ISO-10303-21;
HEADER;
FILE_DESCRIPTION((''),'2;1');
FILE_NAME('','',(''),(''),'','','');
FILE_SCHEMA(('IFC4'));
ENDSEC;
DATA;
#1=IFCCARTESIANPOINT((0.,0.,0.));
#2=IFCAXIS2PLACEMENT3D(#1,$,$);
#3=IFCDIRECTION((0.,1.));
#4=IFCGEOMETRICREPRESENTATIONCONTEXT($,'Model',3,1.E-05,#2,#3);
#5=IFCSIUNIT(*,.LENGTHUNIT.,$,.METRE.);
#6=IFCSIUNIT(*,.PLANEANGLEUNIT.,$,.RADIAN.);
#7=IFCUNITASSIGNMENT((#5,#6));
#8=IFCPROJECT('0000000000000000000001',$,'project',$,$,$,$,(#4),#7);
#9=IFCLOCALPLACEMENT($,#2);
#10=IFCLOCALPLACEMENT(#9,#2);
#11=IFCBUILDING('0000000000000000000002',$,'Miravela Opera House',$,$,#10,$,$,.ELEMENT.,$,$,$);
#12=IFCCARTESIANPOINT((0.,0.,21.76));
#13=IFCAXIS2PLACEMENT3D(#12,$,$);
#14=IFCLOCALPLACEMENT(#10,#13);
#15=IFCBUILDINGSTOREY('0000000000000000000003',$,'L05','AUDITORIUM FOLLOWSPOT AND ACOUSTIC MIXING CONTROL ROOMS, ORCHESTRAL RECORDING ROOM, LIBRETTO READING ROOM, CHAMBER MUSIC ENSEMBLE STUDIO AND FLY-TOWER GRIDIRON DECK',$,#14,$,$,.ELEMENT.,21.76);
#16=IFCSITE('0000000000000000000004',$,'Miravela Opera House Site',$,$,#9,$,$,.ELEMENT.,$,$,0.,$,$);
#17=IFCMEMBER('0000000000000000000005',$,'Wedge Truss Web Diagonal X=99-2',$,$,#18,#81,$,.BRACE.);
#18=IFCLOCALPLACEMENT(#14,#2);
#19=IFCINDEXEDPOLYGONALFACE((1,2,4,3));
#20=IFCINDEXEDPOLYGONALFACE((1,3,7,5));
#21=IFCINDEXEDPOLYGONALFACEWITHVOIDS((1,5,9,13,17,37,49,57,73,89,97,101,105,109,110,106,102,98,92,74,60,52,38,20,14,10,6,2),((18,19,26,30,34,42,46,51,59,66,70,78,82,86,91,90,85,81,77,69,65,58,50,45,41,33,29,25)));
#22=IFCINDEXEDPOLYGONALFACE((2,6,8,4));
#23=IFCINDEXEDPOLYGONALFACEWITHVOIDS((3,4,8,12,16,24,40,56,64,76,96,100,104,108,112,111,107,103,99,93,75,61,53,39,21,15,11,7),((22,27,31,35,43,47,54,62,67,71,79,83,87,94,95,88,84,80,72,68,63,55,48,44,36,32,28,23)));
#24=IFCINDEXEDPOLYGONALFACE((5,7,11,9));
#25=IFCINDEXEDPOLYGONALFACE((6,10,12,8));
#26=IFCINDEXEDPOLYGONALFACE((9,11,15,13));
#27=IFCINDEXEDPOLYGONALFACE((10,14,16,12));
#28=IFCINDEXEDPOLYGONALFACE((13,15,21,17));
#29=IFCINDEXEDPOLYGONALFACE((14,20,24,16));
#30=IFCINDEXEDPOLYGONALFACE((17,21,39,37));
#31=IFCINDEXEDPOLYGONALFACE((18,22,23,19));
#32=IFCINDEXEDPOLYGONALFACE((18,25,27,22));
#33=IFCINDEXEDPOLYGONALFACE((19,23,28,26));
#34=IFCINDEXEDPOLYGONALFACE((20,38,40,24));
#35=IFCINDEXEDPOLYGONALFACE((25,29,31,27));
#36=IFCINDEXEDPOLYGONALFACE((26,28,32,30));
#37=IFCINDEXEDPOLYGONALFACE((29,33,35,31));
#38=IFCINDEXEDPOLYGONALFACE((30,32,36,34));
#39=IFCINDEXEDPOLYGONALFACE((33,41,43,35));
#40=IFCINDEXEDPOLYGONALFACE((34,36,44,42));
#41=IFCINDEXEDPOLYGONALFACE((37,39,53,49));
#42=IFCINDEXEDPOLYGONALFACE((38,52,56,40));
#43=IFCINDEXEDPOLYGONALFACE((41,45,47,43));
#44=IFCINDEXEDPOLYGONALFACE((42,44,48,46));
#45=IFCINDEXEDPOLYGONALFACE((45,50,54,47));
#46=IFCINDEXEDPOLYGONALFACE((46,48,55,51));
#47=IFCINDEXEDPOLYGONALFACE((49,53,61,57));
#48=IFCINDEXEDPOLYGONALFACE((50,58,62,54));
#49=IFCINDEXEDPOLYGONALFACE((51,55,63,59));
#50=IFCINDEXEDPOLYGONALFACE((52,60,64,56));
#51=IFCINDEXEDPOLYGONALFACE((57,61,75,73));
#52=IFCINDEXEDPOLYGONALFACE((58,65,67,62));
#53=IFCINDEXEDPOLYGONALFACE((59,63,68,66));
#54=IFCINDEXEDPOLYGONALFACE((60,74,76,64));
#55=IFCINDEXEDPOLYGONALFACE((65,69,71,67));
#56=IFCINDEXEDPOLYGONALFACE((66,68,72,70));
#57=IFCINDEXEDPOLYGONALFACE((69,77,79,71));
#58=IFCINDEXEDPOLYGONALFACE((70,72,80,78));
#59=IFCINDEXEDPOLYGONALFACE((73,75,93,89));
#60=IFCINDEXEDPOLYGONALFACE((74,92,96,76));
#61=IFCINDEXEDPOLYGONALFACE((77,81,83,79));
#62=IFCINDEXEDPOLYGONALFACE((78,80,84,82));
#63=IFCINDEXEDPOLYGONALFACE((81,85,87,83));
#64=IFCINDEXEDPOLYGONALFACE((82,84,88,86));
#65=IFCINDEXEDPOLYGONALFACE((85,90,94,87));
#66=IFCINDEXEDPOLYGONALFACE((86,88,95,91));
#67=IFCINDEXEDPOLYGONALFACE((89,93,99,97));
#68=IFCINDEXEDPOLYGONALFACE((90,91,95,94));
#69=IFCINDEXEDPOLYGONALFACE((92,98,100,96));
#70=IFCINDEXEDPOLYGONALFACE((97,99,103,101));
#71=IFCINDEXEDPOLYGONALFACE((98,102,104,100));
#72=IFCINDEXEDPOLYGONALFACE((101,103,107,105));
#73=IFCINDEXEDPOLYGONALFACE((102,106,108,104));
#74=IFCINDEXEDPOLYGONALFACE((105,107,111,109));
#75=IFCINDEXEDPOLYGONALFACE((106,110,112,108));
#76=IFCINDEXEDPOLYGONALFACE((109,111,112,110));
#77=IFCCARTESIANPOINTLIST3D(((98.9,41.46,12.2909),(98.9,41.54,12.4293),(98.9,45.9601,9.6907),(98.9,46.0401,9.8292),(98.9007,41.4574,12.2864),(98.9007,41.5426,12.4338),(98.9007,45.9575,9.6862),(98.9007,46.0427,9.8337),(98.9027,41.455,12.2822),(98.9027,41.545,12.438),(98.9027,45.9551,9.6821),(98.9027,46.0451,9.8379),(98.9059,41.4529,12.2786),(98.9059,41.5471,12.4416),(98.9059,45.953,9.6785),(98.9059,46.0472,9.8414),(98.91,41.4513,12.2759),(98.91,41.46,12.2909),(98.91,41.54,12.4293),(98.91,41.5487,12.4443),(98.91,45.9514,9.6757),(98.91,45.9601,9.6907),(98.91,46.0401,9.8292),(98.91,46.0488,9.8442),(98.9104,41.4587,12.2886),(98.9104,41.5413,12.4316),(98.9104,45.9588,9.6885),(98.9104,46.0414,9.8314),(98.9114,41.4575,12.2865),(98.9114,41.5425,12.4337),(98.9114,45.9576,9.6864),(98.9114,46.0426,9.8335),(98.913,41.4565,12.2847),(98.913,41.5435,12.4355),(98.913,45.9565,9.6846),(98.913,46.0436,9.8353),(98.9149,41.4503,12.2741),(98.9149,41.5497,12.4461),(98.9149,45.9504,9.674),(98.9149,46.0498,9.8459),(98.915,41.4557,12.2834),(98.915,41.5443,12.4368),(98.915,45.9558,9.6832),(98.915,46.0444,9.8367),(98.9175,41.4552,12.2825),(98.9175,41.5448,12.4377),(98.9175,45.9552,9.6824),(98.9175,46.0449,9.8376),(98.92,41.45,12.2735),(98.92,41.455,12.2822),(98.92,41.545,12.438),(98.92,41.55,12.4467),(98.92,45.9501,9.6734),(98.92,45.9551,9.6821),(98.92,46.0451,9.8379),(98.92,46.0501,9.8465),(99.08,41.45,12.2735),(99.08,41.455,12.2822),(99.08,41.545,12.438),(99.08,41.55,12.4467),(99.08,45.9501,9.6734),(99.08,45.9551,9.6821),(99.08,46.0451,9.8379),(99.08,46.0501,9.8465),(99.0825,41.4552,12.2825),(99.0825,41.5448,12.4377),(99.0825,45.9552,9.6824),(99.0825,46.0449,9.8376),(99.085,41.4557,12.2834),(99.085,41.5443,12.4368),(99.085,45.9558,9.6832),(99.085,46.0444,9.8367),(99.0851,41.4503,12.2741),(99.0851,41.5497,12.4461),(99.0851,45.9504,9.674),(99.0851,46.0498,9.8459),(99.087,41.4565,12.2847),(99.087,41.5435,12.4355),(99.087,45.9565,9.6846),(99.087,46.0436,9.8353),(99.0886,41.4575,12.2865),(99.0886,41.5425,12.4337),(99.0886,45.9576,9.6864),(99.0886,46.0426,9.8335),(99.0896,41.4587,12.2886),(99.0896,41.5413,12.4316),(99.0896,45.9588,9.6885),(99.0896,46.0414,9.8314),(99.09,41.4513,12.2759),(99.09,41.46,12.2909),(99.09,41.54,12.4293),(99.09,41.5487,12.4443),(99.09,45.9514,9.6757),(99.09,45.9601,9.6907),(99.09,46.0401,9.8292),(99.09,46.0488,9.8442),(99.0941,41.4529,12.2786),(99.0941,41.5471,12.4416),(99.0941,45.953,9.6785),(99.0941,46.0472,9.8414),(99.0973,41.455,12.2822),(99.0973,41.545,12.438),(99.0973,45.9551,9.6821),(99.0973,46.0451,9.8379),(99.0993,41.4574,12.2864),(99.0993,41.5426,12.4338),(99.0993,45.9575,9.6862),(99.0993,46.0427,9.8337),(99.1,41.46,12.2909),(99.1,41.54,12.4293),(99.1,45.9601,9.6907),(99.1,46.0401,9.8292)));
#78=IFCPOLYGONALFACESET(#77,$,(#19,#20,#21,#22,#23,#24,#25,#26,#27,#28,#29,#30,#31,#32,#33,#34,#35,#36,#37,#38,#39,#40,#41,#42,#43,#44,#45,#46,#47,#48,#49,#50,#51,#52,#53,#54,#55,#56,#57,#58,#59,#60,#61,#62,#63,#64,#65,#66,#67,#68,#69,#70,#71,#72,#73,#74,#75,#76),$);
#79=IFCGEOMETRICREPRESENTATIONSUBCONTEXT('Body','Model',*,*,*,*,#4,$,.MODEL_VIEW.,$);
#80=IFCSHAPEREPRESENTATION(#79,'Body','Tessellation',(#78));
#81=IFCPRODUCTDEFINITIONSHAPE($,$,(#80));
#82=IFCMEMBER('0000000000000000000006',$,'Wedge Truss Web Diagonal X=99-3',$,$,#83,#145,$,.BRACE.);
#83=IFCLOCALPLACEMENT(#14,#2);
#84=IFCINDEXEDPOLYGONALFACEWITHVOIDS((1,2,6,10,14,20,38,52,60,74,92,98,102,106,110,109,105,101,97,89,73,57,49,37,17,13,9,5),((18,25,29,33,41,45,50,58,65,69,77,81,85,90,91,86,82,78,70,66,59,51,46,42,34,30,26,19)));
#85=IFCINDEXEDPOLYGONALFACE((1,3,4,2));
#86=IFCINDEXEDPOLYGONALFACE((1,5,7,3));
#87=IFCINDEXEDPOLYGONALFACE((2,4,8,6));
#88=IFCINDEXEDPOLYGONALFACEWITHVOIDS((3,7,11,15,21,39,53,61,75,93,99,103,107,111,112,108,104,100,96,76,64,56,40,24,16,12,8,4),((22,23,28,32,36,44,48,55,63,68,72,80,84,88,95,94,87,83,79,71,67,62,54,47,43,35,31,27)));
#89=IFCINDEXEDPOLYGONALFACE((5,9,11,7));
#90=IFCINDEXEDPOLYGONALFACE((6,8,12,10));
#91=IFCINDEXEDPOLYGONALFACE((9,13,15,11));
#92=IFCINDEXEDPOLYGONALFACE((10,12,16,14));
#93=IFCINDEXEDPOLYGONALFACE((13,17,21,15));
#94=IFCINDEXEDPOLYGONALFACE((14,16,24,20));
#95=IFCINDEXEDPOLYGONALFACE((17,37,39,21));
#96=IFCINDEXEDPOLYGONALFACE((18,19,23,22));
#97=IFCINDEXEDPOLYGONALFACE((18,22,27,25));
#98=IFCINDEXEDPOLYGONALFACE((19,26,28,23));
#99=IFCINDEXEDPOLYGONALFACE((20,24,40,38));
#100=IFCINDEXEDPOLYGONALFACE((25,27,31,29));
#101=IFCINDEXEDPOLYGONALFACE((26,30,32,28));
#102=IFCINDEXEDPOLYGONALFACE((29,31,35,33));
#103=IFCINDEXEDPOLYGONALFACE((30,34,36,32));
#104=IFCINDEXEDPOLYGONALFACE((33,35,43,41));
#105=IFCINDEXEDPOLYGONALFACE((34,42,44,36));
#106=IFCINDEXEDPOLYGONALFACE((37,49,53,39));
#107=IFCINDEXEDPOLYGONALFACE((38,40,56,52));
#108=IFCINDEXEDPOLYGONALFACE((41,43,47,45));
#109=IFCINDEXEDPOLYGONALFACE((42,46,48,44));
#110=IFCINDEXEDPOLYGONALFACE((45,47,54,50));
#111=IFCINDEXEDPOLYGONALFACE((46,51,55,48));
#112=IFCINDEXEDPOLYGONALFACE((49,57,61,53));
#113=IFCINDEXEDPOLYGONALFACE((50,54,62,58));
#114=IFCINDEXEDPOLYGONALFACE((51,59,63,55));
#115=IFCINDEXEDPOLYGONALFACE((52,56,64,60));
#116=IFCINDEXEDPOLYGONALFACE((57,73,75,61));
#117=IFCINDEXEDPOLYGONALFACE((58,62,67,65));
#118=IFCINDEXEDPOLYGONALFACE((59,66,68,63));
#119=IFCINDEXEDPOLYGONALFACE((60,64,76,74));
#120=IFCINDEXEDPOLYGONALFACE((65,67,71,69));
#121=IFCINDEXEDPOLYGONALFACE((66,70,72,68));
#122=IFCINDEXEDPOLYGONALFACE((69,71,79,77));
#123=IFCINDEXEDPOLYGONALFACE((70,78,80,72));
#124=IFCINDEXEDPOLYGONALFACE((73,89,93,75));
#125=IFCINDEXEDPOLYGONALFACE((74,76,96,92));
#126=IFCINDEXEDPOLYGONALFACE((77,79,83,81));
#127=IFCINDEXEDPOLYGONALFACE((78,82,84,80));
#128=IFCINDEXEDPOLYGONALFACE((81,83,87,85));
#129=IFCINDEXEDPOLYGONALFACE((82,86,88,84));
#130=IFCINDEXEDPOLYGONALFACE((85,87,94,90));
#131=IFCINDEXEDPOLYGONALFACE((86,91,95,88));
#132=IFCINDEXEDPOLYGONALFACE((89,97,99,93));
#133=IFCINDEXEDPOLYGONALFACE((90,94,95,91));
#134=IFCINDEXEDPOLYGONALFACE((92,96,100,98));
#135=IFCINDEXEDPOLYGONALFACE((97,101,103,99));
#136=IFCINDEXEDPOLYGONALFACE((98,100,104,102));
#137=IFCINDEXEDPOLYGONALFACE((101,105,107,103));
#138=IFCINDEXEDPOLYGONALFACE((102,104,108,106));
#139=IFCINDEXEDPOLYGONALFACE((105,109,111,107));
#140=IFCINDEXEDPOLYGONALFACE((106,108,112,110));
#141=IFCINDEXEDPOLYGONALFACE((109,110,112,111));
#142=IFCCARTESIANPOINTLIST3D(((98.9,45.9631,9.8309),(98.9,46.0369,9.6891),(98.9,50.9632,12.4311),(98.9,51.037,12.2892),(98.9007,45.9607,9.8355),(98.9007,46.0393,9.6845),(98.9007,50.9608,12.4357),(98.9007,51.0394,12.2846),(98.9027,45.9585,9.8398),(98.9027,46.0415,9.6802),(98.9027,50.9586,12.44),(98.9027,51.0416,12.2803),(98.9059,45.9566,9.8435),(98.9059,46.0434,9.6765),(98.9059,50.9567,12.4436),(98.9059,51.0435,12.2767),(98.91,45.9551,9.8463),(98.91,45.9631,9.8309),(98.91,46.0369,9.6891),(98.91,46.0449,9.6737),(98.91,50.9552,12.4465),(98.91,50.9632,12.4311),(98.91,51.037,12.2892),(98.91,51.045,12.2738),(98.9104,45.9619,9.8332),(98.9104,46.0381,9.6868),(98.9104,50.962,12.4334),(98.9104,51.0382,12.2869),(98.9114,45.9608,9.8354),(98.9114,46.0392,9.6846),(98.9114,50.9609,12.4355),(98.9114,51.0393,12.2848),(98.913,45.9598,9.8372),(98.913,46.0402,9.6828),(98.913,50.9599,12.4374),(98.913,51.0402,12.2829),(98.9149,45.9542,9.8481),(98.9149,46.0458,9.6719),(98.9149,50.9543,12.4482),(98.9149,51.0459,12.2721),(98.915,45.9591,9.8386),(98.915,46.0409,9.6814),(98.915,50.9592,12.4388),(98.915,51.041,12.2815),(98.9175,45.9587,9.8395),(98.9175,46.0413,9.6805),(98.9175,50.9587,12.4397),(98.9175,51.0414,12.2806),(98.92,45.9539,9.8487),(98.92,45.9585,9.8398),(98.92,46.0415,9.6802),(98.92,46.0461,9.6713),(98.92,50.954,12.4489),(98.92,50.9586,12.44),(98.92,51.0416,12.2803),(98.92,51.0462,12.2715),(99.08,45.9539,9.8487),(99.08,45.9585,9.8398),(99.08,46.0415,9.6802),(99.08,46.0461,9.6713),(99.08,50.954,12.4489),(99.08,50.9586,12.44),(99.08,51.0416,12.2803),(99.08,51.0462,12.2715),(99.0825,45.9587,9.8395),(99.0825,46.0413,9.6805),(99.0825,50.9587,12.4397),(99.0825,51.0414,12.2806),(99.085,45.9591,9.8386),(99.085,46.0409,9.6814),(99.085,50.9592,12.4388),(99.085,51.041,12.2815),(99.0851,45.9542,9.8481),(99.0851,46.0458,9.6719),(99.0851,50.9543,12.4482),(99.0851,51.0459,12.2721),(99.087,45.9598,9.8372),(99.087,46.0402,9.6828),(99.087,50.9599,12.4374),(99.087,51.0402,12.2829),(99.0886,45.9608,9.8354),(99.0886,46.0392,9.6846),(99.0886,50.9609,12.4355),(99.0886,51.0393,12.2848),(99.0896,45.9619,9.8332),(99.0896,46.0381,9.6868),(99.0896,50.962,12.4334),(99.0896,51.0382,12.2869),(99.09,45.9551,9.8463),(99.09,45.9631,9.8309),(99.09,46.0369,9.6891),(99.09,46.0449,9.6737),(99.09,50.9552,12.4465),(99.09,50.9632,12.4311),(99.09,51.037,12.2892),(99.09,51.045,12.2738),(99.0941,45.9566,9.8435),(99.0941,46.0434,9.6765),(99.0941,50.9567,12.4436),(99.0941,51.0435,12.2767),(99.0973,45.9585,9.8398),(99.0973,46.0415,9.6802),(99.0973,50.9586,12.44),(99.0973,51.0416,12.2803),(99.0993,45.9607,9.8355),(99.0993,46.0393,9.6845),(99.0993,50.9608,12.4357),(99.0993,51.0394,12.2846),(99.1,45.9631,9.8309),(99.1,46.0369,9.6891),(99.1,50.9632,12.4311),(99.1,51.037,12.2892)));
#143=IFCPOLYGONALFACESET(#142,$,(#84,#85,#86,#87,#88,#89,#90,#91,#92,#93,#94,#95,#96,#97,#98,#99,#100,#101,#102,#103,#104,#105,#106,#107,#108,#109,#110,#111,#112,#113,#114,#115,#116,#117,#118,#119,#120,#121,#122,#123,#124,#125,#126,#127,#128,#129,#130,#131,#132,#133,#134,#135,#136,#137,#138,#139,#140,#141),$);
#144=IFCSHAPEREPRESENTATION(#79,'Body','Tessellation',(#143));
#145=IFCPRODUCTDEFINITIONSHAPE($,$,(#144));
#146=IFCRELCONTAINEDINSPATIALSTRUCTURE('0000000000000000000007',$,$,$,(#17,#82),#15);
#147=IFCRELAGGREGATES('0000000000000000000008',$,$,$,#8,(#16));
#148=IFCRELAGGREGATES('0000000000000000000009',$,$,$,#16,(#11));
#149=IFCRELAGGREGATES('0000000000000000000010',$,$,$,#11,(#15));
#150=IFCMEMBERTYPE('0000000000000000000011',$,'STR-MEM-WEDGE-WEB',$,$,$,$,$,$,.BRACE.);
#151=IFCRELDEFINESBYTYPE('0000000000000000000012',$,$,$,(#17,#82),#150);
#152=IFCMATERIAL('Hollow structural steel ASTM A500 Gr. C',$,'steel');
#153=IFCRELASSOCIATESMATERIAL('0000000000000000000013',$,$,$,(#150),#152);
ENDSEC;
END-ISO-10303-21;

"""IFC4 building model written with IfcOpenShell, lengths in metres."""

from ifc_helpers import new_model, si_unit, direction, frame, origin, origin_2d, place, context, subcontext, project, spatial, hollow_rectangle, extrude, material, material_profile, profile_set, type_object, element, save


model = new_model("IFC4")

# Units and contexts
model_context = context("Model", 3, precision=1e-05, world=origin(), true_north=direction((0.0, 1.0)))
body_context = subcontext(model_context, "Body", "Model", "MODEL_VIEW")
ifc_project = project(units=[si_unit("LENGTHUNIT", "METRE"), si_unit("PLANEANGLEUNIT", "RADIAN")], contexts=[model_context])

# Site, building, storey
site_placement = place(None, origin())
site = spatial("IfcSite", under=ifc_project, at=site_placement, Name="Miravela Opera House Site", CompositionType="ELEMENT", RefElevation=0.0)
building_placement = place(site_placement, origin())
building = spatial("IfcBuilding", under=site, at=building_placement, Name="Miravela Opera House", CompositionType="ELEMENT")
storey_placement = place(building_placement, frame((0.0, 0.0, 21.76)))
storey = spatial("IfcBuildingStorey", under=building, at=storey_placement, Name="L05", Description="AUDITORIUM FOLLOWSPOT AND ACOUSTIC MIXING CONTROL ROOMS, ORCHESTRAL RECORDING ROOM, LIBRETTO READING ROOM, CHAMBER MUSIC ENSEMBLE STUDIO AND FLY-TOWER GRIDIRON DECK", CompositionType="ELEMENT", Elevation=21.76)

# Members
ifc_material_1 = material(Name="Hollow structural steel ASTM A500 Gr. C", Category="steel")
ifc_material_profile_1 = material_profile(ifc_material_1, hollow_rectangle(XDim=0.2, YDim=0.2, WallThickness=0.01, InnerFilletRadius=0.01, OuterFilletRadius=0.02, at=origin_2d()), Name="HSS200X200X10")
ifc_profile_set_1 = profile_set([ifc_material_profile_1])
member_type_1 = type_object("IfcMemberType", Name="STR-MEM-WEDGE-WEB", PredefinedType="BRACE", material=ifc_profile_set_1)
member_1_placement = place(storey_placement, frame((99.0, 41.5, 12.3601), z_axis=(0.0, 0.865857, -0.500292), x_axis=(-1.0, 0.0, 0.0)))
element("IfcMember", 1, at=member_1_placement, inside=storey, type_object=member_type_1, Name="Wedge Truss Web Diagonal X=99-2", PredefinedType="BRACE", context=body_context, shape_type="SweptSolid", body=[
    extrude(hollow_rectangle(XDim=0.2, YDim=0.2, WallThickness=0.01, InnerFilletRadius=0.01, OuterFilletRadius=0.02, at=origin_2d()), origin(), (0.0, 0.0, 1.0), 5.1973),
])
for number, where, z_axis, x_axis, name in (
    (2, (99.0, 46.0, 9.76), (0.0, 0.88721, 0.461366), (-1.0, 0.0, 0.0), "Wedge Truss Web Diagonal X=99-3"),
):
    element("IfcMember", number, at=place(storey_placement, frame(where, z_axis=z_axis, x_axis=x_axis)), inside=storey, type_object=member_type_1, Name=name, PredefinedType="BRACE", context=body_context, shape_type="SweptSolid", body=[
        extrude(hollow_rectangle(XDim=0.2, YDim=0.2, WallThickness=0.01, InnerFilletRadius=0.01, OuterFilletRadius=0.02, at=origin_2d()), origin(), (0.0, 0.0, 1.0), 5.6357),
    ])

save(model, "model.ifc")
